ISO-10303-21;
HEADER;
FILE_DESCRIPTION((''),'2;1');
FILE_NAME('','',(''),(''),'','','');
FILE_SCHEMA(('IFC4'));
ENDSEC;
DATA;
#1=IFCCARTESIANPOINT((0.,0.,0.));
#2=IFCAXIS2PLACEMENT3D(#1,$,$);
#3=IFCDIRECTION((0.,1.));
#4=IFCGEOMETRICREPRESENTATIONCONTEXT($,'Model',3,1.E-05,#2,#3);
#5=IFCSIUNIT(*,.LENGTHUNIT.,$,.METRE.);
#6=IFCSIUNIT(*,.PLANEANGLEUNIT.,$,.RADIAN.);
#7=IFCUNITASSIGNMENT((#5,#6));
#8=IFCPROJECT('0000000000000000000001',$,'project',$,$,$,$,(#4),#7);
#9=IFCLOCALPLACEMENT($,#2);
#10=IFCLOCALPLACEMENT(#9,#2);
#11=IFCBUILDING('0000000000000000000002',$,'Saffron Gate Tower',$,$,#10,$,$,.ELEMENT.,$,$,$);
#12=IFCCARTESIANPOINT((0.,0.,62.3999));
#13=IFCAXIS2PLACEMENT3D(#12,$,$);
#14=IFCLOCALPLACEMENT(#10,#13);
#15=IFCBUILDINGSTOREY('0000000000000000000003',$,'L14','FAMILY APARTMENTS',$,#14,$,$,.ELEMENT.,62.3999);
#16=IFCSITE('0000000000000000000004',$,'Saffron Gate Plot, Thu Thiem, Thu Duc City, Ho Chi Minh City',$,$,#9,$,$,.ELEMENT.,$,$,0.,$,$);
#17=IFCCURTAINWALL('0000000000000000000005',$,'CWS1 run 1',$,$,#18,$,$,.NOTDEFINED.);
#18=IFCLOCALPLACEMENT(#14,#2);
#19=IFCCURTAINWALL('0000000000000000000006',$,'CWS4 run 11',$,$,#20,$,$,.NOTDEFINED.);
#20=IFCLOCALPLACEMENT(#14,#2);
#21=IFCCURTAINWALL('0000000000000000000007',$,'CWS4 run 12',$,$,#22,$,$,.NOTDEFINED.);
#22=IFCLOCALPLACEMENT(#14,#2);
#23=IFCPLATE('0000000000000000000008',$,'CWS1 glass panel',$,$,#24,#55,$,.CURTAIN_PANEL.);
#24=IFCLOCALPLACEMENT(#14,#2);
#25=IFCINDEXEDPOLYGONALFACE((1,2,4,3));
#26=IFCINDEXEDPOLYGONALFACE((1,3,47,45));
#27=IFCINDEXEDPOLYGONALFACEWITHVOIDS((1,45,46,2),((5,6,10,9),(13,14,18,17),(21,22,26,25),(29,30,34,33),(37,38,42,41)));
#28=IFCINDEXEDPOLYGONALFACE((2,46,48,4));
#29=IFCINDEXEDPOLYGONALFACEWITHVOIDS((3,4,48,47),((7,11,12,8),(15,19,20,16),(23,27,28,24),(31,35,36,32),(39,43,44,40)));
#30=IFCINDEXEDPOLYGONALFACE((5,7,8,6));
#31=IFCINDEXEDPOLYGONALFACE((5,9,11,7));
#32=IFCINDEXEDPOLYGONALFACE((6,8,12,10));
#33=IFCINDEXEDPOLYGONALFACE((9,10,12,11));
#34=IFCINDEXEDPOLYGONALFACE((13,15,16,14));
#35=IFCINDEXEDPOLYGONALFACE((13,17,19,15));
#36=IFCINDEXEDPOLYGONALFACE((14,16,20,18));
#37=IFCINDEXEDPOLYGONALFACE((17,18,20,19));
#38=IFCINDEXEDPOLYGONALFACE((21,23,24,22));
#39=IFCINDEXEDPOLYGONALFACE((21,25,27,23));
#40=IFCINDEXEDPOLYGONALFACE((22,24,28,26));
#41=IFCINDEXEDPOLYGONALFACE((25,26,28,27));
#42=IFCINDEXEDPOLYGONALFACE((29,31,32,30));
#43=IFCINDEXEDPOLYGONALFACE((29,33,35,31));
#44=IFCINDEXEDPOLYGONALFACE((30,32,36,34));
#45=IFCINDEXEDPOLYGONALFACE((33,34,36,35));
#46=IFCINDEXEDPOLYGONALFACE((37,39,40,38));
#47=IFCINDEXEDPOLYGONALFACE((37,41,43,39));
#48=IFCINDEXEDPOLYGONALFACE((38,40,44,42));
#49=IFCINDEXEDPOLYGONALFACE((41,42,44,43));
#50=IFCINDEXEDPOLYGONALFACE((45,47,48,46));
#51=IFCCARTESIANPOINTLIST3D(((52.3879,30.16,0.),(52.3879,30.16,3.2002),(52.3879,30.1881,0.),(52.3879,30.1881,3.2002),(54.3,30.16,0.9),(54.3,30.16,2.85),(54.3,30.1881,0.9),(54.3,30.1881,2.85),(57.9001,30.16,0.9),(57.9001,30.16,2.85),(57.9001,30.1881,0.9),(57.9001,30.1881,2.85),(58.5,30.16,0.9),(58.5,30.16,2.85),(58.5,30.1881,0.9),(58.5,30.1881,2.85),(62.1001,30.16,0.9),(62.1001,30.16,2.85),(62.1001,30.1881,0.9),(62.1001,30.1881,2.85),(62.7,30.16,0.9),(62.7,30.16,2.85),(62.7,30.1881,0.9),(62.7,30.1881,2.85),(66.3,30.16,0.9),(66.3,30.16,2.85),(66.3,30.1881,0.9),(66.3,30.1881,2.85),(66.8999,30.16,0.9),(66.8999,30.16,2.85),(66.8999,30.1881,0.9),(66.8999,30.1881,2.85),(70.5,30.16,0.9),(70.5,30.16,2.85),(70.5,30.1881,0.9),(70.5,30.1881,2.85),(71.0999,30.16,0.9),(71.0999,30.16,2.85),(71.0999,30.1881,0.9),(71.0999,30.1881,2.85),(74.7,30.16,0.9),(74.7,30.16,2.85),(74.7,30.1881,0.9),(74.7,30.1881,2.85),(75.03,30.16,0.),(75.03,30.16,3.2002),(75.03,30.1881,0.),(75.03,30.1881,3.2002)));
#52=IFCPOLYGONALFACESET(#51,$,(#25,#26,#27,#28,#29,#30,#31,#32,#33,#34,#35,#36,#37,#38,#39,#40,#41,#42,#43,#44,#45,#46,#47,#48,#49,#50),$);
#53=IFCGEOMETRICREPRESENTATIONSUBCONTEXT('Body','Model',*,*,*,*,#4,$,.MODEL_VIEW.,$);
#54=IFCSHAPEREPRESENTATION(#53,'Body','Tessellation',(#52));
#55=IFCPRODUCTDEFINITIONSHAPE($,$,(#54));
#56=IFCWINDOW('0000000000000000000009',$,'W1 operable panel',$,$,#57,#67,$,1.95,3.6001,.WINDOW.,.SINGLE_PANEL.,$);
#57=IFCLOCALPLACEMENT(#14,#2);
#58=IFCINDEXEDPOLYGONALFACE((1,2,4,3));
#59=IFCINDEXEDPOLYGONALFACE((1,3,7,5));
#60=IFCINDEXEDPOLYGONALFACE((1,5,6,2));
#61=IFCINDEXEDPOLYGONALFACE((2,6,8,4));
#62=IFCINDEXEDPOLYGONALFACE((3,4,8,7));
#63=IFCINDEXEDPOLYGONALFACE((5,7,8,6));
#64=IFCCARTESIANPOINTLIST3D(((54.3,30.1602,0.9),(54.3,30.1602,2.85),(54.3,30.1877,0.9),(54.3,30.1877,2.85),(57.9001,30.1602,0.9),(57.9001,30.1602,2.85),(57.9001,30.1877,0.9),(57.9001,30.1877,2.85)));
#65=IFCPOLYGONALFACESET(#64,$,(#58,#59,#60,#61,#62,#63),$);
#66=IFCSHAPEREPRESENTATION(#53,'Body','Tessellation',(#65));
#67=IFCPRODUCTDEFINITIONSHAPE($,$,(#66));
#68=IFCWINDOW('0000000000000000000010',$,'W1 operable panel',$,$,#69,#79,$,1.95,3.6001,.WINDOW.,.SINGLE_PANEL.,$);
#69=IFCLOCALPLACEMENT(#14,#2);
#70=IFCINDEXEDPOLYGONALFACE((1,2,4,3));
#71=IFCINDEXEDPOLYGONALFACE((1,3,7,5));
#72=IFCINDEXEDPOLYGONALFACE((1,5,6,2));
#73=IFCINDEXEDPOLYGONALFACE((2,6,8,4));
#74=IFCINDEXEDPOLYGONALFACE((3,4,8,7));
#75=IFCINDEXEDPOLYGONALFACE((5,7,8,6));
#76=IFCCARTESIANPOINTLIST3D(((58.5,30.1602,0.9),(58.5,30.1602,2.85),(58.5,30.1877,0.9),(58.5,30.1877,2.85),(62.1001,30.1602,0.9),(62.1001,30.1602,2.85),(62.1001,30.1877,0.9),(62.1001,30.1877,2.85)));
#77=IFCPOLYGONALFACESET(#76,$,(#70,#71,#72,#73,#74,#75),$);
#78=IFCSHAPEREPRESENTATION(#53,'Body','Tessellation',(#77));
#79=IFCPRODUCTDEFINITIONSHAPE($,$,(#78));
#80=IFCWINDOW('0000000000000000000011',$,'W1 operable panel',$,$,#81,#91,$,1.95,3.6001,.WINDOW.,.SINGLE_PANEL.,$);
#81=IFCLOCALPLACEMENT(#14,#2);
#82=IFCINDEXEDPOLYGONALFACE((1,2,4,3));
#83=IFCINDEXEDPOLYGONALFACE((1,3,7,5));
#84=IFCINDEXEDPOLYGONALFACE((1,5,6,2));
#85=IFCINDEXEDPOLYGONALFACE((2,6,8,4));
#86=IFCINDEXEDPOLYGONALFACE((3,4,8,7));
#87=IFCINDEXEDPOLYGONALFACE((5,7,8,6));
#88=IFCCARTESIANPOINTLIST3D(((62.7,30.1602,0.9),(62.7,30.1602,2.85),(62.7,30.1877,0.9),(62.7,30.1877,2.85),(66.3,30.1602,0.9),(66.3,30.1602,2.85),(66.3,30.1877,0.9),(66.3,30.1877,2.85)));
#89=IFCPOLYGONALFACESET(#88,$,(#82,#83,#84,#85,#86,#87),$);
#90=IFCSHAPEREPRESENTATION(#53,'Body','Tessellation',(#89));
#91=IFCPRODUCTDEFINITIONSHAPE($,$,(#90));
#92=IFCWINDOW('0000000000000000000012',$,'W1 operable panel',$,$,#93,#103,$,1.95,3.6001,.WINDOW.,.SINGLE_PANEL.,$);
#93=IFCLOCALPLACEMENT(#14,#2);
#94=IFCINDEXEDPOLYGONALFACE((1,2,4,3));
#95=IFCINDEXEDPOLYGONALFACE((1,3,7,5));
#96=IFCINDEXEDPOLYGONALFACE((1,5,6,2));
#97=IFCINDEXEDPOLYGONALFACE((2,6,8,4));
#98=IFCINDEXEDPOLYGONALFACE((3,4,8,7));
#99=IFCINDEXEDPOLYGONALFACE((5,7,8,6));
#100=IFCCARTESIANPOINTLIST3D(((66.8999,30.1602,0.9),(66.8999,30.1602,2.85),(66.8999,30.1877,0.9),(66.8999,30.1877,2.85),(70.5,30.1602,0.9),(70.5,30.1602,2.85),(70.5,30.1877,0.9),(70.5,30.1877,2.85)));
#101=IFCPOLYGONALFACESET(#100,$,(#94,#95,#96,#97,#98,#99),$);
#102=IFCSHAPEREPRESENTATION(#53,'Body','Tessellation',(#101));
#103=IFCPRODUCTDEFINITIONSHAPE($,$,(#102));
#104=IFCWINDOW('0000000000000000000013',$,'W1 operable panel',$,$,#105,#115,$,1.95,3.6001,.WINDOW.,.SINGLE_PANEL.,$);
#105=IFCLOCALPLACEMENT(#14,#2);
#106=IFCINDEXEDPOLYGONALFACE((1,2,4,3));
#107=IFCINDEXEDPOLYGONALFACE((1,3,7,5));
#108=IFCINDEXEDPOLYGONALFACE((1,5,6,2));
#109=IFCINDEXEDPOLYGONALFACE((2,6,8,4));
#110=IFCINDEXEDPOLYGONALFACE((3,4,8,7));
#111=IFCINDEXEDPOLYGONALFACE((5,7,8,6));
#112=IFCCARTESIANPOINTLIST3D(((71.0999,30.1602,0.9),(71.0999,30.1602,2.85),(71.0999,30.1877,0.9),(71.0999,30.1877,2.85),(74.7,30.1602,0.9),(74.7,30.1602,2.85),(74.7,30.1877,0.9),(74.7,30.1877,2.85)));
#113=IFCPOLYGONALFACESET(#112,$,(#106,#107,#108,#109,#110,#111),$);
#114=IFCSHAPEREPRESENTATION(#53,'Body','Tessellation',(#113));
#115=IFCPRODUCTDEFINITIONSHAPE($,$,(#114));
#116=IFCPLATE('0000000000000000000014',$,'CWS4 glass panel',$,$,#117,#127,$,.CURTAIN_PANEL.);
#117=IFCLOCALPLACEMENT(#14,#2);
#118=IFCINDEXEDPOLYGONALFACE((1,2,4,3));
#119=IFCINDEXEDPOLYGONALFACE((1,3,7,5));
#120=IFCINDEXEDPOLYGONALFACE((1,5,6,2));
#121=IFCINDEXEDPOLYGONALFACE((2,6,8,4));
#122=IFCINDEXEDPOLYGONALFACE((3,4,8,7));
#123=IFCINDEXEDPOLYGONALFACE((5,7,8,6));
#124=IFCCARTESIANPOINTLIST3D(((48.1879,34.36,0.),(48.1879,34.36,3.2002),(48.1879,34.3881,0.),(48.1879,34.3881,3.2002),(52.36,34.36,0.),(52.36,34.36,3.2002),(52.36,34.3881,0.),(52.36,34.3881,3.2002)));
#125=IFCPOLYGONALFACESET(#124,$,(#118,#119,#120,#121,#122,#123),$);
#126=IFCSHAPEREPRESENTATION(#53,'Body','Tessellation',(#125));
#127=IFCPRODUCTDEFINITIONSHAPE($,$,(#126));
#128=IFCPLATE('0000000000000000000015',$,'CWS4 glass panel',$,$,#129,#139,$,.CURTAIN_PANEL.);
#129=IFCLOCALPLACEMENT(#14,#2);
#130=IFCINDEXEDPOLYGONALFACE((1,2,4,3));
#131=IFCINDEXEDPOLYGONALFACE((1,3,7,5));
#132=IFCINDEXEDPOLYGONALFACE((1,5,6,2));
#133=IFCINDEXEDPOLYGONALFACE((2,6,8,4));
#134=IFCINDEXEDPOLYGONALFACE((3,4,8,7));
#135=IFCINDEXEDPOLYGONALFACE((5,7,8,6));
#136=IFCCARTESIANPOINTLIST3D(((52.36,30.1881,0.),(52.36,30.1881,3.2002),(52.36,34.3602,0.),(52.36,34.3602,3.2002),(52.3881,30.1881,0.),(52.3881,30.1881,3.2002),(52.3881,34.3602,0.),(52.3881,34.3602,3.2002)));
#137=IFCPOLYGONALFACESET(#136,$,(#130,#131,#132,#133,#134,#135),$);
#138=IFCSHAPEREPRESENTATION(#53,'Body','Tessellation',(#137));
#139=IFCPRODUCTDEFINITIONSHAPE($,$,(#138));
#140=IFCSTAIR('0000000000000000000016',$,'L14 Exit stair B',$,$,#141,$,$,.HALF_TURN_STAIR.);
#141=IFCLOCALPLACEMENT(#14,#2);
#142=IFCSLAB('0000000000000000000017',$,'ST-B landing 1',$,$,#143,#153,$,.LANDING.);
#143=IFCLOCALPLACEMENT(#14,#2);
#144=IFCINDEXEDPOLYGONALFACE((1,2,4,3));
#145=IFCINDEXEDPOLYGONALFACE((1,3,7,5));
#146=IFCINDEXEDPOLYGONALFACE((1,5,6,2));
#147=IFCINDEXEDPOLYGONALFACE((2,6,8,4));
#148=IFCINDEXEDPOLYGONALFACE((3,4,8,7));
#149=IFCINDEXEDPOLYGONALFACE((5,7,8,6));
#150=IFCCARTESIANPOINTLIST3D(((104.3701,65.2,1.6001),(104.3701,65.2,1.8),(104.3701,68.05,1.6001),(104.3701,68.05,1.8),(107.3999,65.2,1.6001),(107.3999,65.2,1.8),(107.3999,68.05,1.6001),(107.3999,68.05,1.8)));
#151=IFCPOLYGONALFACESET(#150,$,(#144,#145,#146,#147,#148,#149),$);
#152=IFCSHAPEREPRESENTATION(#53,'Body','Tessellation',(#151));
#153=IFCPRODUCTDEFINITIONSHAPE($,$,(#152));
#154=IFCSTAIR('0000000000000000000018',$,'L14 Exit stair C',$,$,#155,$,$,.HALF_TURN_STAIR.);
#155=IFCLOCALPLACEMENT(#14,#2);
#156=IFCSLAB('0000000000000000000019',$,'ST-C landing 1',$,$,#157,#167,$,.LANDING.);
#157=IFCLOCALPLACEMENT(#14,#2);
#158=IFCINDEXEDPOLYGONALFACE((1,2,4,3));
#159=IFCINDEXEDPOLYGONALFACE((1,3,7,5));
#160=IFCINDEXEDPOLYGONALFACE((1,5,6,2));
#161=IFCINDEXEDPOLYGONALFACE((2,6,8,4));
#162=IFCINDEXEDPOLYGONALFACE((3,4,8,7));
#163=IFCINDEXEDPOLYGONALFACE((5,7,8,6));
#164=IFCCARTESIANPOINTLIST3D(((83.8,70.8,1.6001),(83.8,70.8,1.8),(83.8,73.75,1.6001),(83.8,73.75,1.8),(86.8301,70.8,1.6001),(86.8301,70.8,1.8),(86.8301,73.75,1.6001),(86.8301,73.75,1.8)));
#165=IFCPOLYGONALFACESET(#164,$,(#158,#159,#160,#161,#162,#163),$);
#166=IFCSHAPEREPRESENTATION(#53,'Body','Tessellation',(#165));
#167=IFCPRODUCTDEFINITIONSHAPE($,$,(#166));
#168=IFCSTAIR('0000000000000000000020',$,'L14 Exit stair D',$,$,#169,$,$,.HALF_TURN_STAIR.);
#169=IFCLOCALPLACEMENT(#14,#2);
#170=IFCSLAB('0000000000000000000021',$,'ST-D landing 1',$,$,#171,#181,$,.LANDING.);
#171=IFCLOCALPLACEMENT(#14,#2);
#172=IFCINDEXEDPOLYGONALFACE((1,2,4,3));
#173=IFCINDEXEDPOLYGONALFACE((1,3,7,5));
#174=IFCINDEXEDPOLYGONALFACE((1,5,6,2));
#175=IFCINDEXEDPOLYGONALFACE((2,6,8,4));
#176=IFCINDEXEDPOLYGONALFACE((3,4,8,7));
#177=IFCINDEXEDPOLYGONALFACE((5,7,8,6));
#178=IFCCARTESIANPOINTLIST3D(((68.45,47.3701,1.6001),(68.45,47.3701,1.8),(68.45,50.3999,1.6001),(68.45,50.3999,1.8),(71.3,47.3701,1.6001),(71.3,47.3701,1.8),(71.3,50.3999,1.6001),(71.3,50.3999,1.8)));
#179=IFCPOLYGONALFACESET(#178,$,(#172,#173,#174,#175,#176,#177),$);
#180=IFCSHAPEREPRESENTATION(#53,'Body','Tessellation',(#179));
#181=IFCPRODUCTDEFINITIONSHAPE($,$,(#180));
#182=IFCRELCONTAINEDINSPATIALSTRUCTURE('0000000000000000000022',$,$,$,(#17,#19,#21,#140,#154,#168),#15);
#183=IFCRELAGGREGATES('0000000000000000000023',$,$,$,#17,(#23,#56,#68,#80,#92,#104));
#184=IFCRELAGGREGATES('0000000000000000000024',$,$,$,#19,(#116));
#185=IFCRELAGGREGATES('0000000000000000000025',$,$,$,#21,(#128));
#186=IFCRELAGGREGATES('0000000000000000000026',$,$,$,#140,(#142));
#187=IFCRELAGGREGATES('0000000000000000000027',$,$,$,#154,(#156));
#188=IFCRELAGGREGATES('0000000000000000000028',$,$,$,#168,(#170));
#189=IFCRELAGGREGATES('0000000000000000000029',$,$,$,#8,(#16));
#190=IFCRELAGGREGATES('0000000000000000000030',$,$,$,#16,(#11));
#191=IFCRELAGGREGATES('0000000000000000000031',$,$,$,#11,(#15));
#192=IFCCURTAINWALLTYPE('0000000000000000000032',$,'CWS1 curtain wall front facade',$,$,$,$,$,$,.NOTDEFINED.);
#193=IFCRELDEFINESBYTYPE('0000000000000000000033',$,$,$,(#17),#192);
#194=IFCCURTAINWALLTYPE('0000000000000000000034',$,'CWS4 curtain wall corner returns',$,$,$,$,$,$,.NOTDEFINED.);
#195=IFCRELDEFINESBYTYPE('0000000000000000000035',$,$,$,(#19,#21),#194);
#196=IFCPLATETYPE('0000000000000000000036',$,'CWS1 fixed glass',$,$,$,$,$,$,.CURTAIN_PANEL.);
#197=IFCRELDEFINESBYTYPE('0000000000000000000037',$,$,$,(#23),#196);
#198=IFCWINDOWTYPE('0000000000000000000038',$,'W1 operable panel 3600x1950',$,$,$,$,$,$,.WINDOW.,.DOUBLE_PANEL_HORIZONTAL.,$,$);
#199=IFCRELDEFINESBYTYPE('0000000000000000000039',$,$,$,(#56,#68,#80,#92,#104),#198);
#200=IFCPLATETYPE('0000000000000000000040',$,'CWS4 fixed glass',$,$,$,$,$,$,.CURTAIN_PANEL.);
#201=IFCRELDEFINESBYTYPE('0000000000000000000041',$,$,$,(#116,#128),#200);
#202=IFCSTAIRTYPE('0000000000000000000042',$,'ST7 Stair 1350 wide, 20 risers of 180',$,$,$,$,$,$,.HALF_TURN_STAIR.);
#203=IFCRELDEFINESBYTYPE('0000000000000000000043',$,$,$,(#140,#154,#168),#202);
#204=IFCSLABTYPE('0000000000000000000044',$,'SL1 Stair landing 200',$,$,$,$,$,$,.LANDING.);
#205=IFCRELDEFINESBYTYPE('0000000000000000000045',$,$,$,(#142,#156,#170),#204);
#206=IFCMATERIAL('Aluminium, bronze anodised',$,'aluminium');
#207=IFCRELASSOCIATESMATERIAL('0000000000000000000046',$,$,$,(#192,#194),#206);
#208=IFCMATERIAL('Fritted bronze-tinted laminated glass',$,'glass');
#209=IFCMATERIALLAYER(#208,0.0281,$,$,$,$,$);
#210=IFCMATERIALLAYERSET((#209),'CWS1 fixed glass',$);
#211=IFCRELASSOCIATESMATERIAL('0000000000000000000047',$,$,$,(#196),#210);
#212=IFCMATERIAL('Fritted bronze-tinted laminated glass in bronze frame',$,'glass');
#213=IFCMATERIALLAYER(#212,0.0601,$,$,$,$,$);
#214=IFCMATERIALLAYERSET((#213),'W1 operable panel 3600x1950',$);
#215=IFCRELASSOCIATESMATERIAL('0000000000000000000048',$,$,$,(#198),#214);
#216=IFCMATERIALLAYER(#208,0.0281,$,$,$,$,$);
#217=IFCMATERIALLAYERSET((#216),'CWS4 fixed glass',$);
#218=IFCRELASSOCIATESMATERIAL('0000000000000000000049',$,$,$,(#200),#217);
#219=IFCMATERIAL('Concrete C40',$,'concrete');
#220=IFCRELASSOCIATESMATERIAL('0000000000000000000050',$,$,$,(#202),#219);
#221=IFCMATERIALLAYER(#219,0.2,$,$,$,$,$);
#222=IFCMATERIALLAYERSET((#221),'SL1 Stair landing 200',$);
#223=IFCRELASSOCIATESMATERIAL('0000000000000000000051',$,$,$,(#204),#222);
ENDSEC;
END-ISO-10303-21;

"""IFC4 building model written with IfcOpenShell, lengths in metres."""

from ifc_helpers import new_model, si_unit, direction, frame, frame_2d, origin, place, context, subcontext, project, spatial, polyline, rectangle, outline, extrude, material, layer, layer_set, type_object, element, fill, aggregate, save


model = new_model("IFC4")

# Units and contexts
model_context = context("Model", 3, precision=1e-05, world=origin(), true_north=direction((0.0, 1.0)))
body_context = subcontext(model_context, "Body", "Model", "MODEL_VIEW")
ifc_project = project(units=[si_unit("LENGTHUNIT", "METRE"), si_unit("PLANEANGLEUNIT", "RADIAN")], contexts=[model_context])

# Site, building, storey
site_placement = place(None, origin())
site = spatial("IfcSite", under=ifc_project, at=site_placement, Name="Saffron Gate Plot, Thu Thiem, Thu Duc City, Ho Chi Minh City", CompositionType="ELEMENT", RefElevation=0.0)
building_placement = place(site_placement, origin())
building = spatial("IfcBuilding", under=site, at=building_placement, Name="Saffron Gate Tower", CompositionType="ELEMENT")
storey_placement = place(building_placement, frame((0.0, 0.0, 62.3999)))
storey = spatial("IfcBuildingStorey", under=building, at=storey_placement, Name="L14", Description="FAMILY APARTMENTS", CompositionType="ELEMENT", Elevation=62.3999)

# Curtain wall
ifc_material_1 = material(Name="Aluminium, bronze anodised", Category="aluminium")
curtain_wall_type_1 = type_object("IfcCurtainWallType", Name="CWS1 curtain wall front facade", PredefinedType="NOTDEFINED", material=ifc_material_1)
curtain_wall_1_placement = place(storey_placement, origin())
curtain_wall_1 = element("IfcCurtainWall", 1, at=curtain_wall_1_placement, inside=storey, type_object=curtain_wall_type_1, Name="CWS1 run 1", PredefinedType="NOTDEFINED")

# Curtain walls
curtain_wall_type_2 = type_object("IfcCurtainWallType", Name="CWS4 curtain wall corner returns", PredefinedType="NOTDEFINED", material=ifc_material_1)
curtain_wall_2_placement = place(storey_placement, origin())
curtain_wall_2 = element("IfcCurtainWall", 2, at=curtain_wall_2_placement, inside=storey, type_object=curtain_wall_type_2, Name="CWS4 run 11", PredefinedType="NOTDEFINED")
curtain_wall_3_placement = place(storey_placement, origin())
curtain_wall_3 = element("IfcCurtainWall", 3, at=curtain_wall_3_placement, inside=storey, type_object=curtain_wall_type_2, Name="CWS4 run 12", PredefinedType="NOTDEFINED")

# Plate, openings, windows
ifc_material_2 = material(Name="Fritted bronze-tinted laminated glass", Category="glass")
ifc_layer_1 = layer(ifc_material_2, 0.0281)
ifc_layer_set_1 = layer_set([ifc_layer_1], Name="CWS1 fixed glass")
plate_type_1 = type_object("IfcPlateType", Name="CWS1 fixed glass", PredefinedType="CURTAIN_PANEL", material=ifc_layer_set_1)
plate_1_placement = place(storey_placement, frame((52.3879, 30.1741, 0.0), z_axis=(0.0, 0.0, 1.0), x_axis=(1.0, 0.0, 0.0)))
plate_1 = element("IfcPlate", 4, at=plate_1_placement, type_object=plate_type_1, Name="CWS1 glass panel", PredefinedType="CURTAIN_PANEL", context=body_context, shape_type="SweptSolid", body=[
    extrude(rectangle(XDim=22.6421, YDim=0.0281, at=frame_2d((11.321, 0.0))), origin(), (0.0, 0.0, 1.0), 3.2002),
])
opening_1_placement = place(plate_1_placement, frame((1.9121, 0.0, 0.8999)))
opening_1 = element("IfcOpeningElement", 5, at=opening_1_placement, cuts=plate_1, PredefinedType="OPENING", context=body_context, shape_type="SweptSolid", body=[
    extrude(rectangle(XDim=3.6001, YDim=1.95, at=frame_2d((1.8, 0.9751))), frame((0.0, 0.0239, 0.0), z_axis=(0.0, -1.0, 0.0), x_axis=(1.0, 0.0, 0.0)), (0.0, 0.0, 1.0), 0.0481),
])
opening_2_placement = place(plate_1_placement, frame((6.1121, 0.0, 0.8999)))
opening_2 = element("IfcOpeningElement", 6, at=opening_2_placement, cuts=plate_1, PredefinedType="OPENING", context=body_context, shape_type="SweptSolid", body=[
    extrude(rectangle(XDim=3.6001, YDim=1.95, at=frame_2d((1.8, 0.9751))), frame((0.0, 0.0239, 0.0), z_axis=(0.0, -1.0, 0.0), x_axis=(1.0, 0.0, 0.0)), (0.0, 0.0, 1.0), 0.0481),
])
opening_3_placement = place(plate_1_placement, frame((10.312, 0.0, 0.8999)))
opening_3 = element("IfcOpeningElement", 7, at=opening_3_placement, cuts=plate_1, PredefinedType="OPENING", context=body_context, shape_type="SweptSolid", body=[
    extrude(rectangle(XDim=3.6001, YDim=1.95, at=frame_2d((1.8, 0.9751))), frame((0.0, 0.0239, 0.0), z_axis=(0.0, -1.0, 0.0), x_axis=(1.0, 0.0, 0.0)), (0.0, 0.0, 1.0), 0.0481),
])
opening_4_placement = place(plate_1_placement, frame((14.512, 0.0, 0.8999)))
opening_4 = element("IfcOpeningElement", 8, at=opening_4_placement, cuts=plate_1, PredefinedType="OPENING", context=body_context, shape_type="SweptSolid", body=[
    extrude(rectangle(XDim=3.6001, YDim=1.95, at=frame_2d((1.8, 0.9751))), frame((0.0, 0.0239, 0.0), z_axis=(0.0, -1.0, 0.0), x_axis=(1.0, 0.0, 0.0)), (0.0, 0.0, 1.0), 0.0481),
])
opening_5_placement = place(plate_1_placement, frame((18.7119, 0.0, 0.8999)))
opening_5 = element("IfcOpeningElement", 9, at=opening_5_placement, cuts=plate_1, PredefinedType="OPENING", context=body_context, shape_type="SweptSolid", body=[
    extrude(rectangle(XDim=3.6001, YDim=1.95, at=frame_2d((1.8, 0.9751))), frame((0.0, 0.0239, 0.0), z_axis=(0.0, -1.0, 0.0), x_axis=(1.0, 0.0, 0.0)), (0.0, 0.0, 1.0), 0.0481),
])
ifc_material_3 = material(Name="Fritted bronze-tinted laminated glass in bronze frame", Category="glass")
ifc_layer_2 = layer(ifc_material_3, 0.0601)
ifc_layer_set_2 = layer_set([ifc_layer_2], Name="W1 operable panel 3600x1950")
window_type = type_object("IfcWindowType", Name="W1 operable panel 3600x1950", PartitioningType="DOUBLE_PANEL_HORIZONTAL", PredefinedType="WINDOW", material=ifc_layer_set_2)
window_1_placement = place(opening_1_placement, origin())
window_1 = element("IfcWindow", 10, at=window_1_placement, type_object=window_type, Name="W1 operable panel", OverallHeight=1.95, OverallWidth=3.6001, PartitioningType="SINGLE_PANEL", PredefinedType="WINDOW", context=body_context, shape_type="SweptSolid", body=[
    extrude(rectangle(XDim=3.6001, YDim=1.95, at=frame_2d((1.8, 0.9751))), frame((0.0, 0.0137, 0.0), z_axis=(0.0, -1.0, 0.0), x_axis=(1.0, 0.0, 0.0)), (0.0, 0.0, 1.0), 0.0276),
])
fill(opening_1, window_1)
window_2_placement = place(opening_2_placement, origin())
window_2 = element("IfcWindow", 11, at=window_2_placement, type_object=window_type, Name="W1 operable panel", OverallHeight=1.95, OverallWidth=3.6001, PartitioningType="SINGLE_PANEL", PredefinedType="WINDOW", context=body_context, shape_type="SweptSolid", body=[
    extrude(rectangle(XDim=3.6001, YDim=1.95, at=frame_2d((1.8, 0.9751))), frame((0.0, 0.0137, 0.0), z_axis=(0.0, -1.0, 0.0), x_axis=(1.0, 0.0, 0.0)), (0.0, 0.0, 1.0), 0.0276),
])
fill(opening_2, window_2)
window_3_placement = place(opening_3_placement, origin())
window_3 = element("IfcWindow", 12, at=window_3_placement, type_object=window_type, Name="W1 operable panel", OverallHeight=1.95, OverallWidth=3.6001, PartitioningType="SINGLE_PANEL", PredefinedType="WINDOW", context=body_context, shape_type="SweptSolid", body=[
    extrude(rectangle(XDim=3.6001, YDim=1.95, at=frame_2d((1.8, 0.9751))), frame((0.0, 0.0137, 0.0), z_axis=(0.0, -1.0, 0.0), x_axis=(1.0, 0.0, 0.0)), (0.0, 0.0, 1.0), 0.0276),
])
fill(opening_3, window_3)
window_4_placement = place(opening_4_placement, origin())
window_4 = element("IfcWindow", 13, at=window_4_placement, type_object=window_type, Name="W1 operable panel", OverallHeight=1.95, OverallWidth=3.6001, PartitioningType="SINGLE_PANEL", PredefinedType="WINDOW", context=body_context, shape_type="SweptSolid", body=[
    extrude(rectangle(XDim=3.6001, YDim=1.95, at=frame_2d((1.8, 0.9751))), frame((0.0, 0.0137, 0.0), z_axis=(0.0, -1.0, 0.0), x_axis=(1.0, 0.0, 0.0)), (0.0, 0.0, 1.0), 0.0276),
])
fill(opening_4, window_4)
window_5_placement = place(opening_5_placement, origin())
window_5 = element("IfcWindow", 14, at=window_5_placement, type_object=window_type, Name="W1 operable panel", OverallHeight=1.95, OverallWidth=3.6001, PartitioningType="SINGLE_PANEL", PredefinedType="WINDOW", context=body_context, shape_type="SweptSolid", body=[
    extrude(rectangle(XDim=3.6001, YDim=1.95, at=frame_2d((1.8, 0.9751))), frame((0.0, 0.0137, 0.0), z_axis=(0.0, -1.0, 0.0), x_axis=(1.0, 0.0, 0.0)), (0.0, 0.0, 1.0), 0.0276),
])
fill(opening_5, window_5)
aggregate(curtain_wall_1, [plate_1, window_1, window_2, window_3, window_4, window_5])

# Plates
ifc_layer_3 = layer(ifc_material_2, 0.0281)
ifc_layer_set_3 = layer_set([ifc_layer_3], Name="CWS4 fixed glass")
plate_type_2 = type_object("IfcPlateType", Name="CWS4 fixed glass", PredefinedType="CURTAIN_PANEL", material=ifc_layer_set_3)
plate_2_placement = place(storey_placement, frame((48.188, 34.374, 0.0), z_axis=(0.0, 0.0, 1.0), x_axis=(1.0, 0.0, 0.0)))
plate_2 = element("IfcPlate", 15, at=plate_2_placement, type_object=plate_type_2, Name="CWS4 glass panel", PredefinedType="CURTAIN_PANEL", context=body_context, shape_type="SweptSolid", body=[
    extrude(rectangle(XDim=4.1721, YDim=0.0281, at=frame_2d((2.0859, 0.0))), origin(), (0.0, 0.0, 1.0), 3.2002),
])
aggregate(curtain_wall_2, [plate_2])
plate_3_placement = place(storey_placement, frame((52.374, 34.3601, 0.0), z_axis=(0.0, 0.0, 1.0), x_axis=(0.0, -1.0, 0.0)))
plate_3 = element("IfcPlate", 16, at=plate_3_placement, type_object=plate_type_2, Name="CWS4 glass panel", PredefinedType="CURTAIN_PANEL", context=body_context, shape_type="SweptSolid", body=[
    extrude(rectangle(XDim=4.1721, YDim=0.0281, at=frame_2d((2.0859, 0.0))), origin(), (0.0, 0.0, 1.0), 3.2002),
])
aggregate(curtain_wall_3, [plate_3])

# Stairs, slabs
ifc_material_4 = material(Name="Concrete C40", Category="concrete")
stair_type = type_object("IfcStairType", Name="ST7 Stair 1350 wide, 20 risers of 180", PredefinedType="HALF_TURN_STAIR", material=ifc_material_4)
stair_1_placement = place(storey_placement, origin())
stair_1 = element("IfcStair", 17, at=stair_1_placement, inside=storey, type_object=stair_type, Name="L14 Exit stair B", PredefinedType="HALF_TURN_STAIR")
ifc_layer_4 = layer(ifc_material_4, 0.2)
ifc_layer_set_4 = layer_set([ifc_layer_4], Name="SL1 Stair landing 200")
slab_type = type_object("IfcSlabType", Name="SL1 Stair landing 200", PredefinedType="LANDING", material=ifc_layer_set_4)
slab_1_placement = place(storey_placement, frame((0.0, 0.0, 1.6001)))
slab_1 = element("IfcSlab", 18, at=slab_1_placement, type_object=slab_type, Name="ST-B landing 1", PredefinedType="LANDING", context=body_context, shape_type="SweptSolid", body=[
    extrude(outline(polyline([(104.3701, 65.2), (107.3999, 65.2), (107.3999, 68.05), (104.3701, 68.05), (104.3701, 65.2)])), origin(), (0.0, 0.0, 1.0), 0.2),
])
aggregate(stair_1, [slab_1])
stair_2_placement = place(storey_placement, origin())
stair_2 = element("IfcStair", 19, at=stair_2_placement, inside=storey, type_object=stair_type, Name="L14 Exit stair C", PredefinedType="HALF_TURN_STAIR")
slab_2_placement = place(storey_placement, frame((0.0, 0.0, 1.6001)))
slab_2 = element("IfcSlab", 20, at=slab_2_placement, type_object=slab_type, Name="ST-C landing 1", PredefinedType="LANDING", context=body_context, shape_type="SweptSolid", body=[
    extrude(outline(polyline([(86.8301, 73.75), (83.8, 73.75), (83.8, 70.8), (86.8301, 70.8), (86.8301, 73.75)])), origin(), (0.0, 0.0, 1.0), 0.2),
])
aggregate(stair_2, [slab_2])
stair_3_placement = place(storey_placement, origin())
stair_3 = element("IfcStair", 21, at=stair_3_placement, inside=storey, type_object=stair_type, Name="L14 Exit stair D", PredefinedType="HALF_TURN_STAIR")
slab_3_placement = place(storey_placement, frame((0.0, 0.0, 1.6001)))
slab_3 = element("IfcSlab", 22, at=slab_3_placement, type_object=slab_type, Name="ST-D landing 1", PredefinedType="LANDING", context=body_context, shape_type="SweptSolid", body=[
    extrude(outline(polyline([(71.3, 47.3701), (71.3, 50.3999), (68.45, 50.3999), (68.45, 47.3701), (71.3, 47.3701)])), origin(), (0.0, 0.0, 1.0), 0.2),
])
aggregate(stair_3, [slab_3])

save(model, "model.ifc")
